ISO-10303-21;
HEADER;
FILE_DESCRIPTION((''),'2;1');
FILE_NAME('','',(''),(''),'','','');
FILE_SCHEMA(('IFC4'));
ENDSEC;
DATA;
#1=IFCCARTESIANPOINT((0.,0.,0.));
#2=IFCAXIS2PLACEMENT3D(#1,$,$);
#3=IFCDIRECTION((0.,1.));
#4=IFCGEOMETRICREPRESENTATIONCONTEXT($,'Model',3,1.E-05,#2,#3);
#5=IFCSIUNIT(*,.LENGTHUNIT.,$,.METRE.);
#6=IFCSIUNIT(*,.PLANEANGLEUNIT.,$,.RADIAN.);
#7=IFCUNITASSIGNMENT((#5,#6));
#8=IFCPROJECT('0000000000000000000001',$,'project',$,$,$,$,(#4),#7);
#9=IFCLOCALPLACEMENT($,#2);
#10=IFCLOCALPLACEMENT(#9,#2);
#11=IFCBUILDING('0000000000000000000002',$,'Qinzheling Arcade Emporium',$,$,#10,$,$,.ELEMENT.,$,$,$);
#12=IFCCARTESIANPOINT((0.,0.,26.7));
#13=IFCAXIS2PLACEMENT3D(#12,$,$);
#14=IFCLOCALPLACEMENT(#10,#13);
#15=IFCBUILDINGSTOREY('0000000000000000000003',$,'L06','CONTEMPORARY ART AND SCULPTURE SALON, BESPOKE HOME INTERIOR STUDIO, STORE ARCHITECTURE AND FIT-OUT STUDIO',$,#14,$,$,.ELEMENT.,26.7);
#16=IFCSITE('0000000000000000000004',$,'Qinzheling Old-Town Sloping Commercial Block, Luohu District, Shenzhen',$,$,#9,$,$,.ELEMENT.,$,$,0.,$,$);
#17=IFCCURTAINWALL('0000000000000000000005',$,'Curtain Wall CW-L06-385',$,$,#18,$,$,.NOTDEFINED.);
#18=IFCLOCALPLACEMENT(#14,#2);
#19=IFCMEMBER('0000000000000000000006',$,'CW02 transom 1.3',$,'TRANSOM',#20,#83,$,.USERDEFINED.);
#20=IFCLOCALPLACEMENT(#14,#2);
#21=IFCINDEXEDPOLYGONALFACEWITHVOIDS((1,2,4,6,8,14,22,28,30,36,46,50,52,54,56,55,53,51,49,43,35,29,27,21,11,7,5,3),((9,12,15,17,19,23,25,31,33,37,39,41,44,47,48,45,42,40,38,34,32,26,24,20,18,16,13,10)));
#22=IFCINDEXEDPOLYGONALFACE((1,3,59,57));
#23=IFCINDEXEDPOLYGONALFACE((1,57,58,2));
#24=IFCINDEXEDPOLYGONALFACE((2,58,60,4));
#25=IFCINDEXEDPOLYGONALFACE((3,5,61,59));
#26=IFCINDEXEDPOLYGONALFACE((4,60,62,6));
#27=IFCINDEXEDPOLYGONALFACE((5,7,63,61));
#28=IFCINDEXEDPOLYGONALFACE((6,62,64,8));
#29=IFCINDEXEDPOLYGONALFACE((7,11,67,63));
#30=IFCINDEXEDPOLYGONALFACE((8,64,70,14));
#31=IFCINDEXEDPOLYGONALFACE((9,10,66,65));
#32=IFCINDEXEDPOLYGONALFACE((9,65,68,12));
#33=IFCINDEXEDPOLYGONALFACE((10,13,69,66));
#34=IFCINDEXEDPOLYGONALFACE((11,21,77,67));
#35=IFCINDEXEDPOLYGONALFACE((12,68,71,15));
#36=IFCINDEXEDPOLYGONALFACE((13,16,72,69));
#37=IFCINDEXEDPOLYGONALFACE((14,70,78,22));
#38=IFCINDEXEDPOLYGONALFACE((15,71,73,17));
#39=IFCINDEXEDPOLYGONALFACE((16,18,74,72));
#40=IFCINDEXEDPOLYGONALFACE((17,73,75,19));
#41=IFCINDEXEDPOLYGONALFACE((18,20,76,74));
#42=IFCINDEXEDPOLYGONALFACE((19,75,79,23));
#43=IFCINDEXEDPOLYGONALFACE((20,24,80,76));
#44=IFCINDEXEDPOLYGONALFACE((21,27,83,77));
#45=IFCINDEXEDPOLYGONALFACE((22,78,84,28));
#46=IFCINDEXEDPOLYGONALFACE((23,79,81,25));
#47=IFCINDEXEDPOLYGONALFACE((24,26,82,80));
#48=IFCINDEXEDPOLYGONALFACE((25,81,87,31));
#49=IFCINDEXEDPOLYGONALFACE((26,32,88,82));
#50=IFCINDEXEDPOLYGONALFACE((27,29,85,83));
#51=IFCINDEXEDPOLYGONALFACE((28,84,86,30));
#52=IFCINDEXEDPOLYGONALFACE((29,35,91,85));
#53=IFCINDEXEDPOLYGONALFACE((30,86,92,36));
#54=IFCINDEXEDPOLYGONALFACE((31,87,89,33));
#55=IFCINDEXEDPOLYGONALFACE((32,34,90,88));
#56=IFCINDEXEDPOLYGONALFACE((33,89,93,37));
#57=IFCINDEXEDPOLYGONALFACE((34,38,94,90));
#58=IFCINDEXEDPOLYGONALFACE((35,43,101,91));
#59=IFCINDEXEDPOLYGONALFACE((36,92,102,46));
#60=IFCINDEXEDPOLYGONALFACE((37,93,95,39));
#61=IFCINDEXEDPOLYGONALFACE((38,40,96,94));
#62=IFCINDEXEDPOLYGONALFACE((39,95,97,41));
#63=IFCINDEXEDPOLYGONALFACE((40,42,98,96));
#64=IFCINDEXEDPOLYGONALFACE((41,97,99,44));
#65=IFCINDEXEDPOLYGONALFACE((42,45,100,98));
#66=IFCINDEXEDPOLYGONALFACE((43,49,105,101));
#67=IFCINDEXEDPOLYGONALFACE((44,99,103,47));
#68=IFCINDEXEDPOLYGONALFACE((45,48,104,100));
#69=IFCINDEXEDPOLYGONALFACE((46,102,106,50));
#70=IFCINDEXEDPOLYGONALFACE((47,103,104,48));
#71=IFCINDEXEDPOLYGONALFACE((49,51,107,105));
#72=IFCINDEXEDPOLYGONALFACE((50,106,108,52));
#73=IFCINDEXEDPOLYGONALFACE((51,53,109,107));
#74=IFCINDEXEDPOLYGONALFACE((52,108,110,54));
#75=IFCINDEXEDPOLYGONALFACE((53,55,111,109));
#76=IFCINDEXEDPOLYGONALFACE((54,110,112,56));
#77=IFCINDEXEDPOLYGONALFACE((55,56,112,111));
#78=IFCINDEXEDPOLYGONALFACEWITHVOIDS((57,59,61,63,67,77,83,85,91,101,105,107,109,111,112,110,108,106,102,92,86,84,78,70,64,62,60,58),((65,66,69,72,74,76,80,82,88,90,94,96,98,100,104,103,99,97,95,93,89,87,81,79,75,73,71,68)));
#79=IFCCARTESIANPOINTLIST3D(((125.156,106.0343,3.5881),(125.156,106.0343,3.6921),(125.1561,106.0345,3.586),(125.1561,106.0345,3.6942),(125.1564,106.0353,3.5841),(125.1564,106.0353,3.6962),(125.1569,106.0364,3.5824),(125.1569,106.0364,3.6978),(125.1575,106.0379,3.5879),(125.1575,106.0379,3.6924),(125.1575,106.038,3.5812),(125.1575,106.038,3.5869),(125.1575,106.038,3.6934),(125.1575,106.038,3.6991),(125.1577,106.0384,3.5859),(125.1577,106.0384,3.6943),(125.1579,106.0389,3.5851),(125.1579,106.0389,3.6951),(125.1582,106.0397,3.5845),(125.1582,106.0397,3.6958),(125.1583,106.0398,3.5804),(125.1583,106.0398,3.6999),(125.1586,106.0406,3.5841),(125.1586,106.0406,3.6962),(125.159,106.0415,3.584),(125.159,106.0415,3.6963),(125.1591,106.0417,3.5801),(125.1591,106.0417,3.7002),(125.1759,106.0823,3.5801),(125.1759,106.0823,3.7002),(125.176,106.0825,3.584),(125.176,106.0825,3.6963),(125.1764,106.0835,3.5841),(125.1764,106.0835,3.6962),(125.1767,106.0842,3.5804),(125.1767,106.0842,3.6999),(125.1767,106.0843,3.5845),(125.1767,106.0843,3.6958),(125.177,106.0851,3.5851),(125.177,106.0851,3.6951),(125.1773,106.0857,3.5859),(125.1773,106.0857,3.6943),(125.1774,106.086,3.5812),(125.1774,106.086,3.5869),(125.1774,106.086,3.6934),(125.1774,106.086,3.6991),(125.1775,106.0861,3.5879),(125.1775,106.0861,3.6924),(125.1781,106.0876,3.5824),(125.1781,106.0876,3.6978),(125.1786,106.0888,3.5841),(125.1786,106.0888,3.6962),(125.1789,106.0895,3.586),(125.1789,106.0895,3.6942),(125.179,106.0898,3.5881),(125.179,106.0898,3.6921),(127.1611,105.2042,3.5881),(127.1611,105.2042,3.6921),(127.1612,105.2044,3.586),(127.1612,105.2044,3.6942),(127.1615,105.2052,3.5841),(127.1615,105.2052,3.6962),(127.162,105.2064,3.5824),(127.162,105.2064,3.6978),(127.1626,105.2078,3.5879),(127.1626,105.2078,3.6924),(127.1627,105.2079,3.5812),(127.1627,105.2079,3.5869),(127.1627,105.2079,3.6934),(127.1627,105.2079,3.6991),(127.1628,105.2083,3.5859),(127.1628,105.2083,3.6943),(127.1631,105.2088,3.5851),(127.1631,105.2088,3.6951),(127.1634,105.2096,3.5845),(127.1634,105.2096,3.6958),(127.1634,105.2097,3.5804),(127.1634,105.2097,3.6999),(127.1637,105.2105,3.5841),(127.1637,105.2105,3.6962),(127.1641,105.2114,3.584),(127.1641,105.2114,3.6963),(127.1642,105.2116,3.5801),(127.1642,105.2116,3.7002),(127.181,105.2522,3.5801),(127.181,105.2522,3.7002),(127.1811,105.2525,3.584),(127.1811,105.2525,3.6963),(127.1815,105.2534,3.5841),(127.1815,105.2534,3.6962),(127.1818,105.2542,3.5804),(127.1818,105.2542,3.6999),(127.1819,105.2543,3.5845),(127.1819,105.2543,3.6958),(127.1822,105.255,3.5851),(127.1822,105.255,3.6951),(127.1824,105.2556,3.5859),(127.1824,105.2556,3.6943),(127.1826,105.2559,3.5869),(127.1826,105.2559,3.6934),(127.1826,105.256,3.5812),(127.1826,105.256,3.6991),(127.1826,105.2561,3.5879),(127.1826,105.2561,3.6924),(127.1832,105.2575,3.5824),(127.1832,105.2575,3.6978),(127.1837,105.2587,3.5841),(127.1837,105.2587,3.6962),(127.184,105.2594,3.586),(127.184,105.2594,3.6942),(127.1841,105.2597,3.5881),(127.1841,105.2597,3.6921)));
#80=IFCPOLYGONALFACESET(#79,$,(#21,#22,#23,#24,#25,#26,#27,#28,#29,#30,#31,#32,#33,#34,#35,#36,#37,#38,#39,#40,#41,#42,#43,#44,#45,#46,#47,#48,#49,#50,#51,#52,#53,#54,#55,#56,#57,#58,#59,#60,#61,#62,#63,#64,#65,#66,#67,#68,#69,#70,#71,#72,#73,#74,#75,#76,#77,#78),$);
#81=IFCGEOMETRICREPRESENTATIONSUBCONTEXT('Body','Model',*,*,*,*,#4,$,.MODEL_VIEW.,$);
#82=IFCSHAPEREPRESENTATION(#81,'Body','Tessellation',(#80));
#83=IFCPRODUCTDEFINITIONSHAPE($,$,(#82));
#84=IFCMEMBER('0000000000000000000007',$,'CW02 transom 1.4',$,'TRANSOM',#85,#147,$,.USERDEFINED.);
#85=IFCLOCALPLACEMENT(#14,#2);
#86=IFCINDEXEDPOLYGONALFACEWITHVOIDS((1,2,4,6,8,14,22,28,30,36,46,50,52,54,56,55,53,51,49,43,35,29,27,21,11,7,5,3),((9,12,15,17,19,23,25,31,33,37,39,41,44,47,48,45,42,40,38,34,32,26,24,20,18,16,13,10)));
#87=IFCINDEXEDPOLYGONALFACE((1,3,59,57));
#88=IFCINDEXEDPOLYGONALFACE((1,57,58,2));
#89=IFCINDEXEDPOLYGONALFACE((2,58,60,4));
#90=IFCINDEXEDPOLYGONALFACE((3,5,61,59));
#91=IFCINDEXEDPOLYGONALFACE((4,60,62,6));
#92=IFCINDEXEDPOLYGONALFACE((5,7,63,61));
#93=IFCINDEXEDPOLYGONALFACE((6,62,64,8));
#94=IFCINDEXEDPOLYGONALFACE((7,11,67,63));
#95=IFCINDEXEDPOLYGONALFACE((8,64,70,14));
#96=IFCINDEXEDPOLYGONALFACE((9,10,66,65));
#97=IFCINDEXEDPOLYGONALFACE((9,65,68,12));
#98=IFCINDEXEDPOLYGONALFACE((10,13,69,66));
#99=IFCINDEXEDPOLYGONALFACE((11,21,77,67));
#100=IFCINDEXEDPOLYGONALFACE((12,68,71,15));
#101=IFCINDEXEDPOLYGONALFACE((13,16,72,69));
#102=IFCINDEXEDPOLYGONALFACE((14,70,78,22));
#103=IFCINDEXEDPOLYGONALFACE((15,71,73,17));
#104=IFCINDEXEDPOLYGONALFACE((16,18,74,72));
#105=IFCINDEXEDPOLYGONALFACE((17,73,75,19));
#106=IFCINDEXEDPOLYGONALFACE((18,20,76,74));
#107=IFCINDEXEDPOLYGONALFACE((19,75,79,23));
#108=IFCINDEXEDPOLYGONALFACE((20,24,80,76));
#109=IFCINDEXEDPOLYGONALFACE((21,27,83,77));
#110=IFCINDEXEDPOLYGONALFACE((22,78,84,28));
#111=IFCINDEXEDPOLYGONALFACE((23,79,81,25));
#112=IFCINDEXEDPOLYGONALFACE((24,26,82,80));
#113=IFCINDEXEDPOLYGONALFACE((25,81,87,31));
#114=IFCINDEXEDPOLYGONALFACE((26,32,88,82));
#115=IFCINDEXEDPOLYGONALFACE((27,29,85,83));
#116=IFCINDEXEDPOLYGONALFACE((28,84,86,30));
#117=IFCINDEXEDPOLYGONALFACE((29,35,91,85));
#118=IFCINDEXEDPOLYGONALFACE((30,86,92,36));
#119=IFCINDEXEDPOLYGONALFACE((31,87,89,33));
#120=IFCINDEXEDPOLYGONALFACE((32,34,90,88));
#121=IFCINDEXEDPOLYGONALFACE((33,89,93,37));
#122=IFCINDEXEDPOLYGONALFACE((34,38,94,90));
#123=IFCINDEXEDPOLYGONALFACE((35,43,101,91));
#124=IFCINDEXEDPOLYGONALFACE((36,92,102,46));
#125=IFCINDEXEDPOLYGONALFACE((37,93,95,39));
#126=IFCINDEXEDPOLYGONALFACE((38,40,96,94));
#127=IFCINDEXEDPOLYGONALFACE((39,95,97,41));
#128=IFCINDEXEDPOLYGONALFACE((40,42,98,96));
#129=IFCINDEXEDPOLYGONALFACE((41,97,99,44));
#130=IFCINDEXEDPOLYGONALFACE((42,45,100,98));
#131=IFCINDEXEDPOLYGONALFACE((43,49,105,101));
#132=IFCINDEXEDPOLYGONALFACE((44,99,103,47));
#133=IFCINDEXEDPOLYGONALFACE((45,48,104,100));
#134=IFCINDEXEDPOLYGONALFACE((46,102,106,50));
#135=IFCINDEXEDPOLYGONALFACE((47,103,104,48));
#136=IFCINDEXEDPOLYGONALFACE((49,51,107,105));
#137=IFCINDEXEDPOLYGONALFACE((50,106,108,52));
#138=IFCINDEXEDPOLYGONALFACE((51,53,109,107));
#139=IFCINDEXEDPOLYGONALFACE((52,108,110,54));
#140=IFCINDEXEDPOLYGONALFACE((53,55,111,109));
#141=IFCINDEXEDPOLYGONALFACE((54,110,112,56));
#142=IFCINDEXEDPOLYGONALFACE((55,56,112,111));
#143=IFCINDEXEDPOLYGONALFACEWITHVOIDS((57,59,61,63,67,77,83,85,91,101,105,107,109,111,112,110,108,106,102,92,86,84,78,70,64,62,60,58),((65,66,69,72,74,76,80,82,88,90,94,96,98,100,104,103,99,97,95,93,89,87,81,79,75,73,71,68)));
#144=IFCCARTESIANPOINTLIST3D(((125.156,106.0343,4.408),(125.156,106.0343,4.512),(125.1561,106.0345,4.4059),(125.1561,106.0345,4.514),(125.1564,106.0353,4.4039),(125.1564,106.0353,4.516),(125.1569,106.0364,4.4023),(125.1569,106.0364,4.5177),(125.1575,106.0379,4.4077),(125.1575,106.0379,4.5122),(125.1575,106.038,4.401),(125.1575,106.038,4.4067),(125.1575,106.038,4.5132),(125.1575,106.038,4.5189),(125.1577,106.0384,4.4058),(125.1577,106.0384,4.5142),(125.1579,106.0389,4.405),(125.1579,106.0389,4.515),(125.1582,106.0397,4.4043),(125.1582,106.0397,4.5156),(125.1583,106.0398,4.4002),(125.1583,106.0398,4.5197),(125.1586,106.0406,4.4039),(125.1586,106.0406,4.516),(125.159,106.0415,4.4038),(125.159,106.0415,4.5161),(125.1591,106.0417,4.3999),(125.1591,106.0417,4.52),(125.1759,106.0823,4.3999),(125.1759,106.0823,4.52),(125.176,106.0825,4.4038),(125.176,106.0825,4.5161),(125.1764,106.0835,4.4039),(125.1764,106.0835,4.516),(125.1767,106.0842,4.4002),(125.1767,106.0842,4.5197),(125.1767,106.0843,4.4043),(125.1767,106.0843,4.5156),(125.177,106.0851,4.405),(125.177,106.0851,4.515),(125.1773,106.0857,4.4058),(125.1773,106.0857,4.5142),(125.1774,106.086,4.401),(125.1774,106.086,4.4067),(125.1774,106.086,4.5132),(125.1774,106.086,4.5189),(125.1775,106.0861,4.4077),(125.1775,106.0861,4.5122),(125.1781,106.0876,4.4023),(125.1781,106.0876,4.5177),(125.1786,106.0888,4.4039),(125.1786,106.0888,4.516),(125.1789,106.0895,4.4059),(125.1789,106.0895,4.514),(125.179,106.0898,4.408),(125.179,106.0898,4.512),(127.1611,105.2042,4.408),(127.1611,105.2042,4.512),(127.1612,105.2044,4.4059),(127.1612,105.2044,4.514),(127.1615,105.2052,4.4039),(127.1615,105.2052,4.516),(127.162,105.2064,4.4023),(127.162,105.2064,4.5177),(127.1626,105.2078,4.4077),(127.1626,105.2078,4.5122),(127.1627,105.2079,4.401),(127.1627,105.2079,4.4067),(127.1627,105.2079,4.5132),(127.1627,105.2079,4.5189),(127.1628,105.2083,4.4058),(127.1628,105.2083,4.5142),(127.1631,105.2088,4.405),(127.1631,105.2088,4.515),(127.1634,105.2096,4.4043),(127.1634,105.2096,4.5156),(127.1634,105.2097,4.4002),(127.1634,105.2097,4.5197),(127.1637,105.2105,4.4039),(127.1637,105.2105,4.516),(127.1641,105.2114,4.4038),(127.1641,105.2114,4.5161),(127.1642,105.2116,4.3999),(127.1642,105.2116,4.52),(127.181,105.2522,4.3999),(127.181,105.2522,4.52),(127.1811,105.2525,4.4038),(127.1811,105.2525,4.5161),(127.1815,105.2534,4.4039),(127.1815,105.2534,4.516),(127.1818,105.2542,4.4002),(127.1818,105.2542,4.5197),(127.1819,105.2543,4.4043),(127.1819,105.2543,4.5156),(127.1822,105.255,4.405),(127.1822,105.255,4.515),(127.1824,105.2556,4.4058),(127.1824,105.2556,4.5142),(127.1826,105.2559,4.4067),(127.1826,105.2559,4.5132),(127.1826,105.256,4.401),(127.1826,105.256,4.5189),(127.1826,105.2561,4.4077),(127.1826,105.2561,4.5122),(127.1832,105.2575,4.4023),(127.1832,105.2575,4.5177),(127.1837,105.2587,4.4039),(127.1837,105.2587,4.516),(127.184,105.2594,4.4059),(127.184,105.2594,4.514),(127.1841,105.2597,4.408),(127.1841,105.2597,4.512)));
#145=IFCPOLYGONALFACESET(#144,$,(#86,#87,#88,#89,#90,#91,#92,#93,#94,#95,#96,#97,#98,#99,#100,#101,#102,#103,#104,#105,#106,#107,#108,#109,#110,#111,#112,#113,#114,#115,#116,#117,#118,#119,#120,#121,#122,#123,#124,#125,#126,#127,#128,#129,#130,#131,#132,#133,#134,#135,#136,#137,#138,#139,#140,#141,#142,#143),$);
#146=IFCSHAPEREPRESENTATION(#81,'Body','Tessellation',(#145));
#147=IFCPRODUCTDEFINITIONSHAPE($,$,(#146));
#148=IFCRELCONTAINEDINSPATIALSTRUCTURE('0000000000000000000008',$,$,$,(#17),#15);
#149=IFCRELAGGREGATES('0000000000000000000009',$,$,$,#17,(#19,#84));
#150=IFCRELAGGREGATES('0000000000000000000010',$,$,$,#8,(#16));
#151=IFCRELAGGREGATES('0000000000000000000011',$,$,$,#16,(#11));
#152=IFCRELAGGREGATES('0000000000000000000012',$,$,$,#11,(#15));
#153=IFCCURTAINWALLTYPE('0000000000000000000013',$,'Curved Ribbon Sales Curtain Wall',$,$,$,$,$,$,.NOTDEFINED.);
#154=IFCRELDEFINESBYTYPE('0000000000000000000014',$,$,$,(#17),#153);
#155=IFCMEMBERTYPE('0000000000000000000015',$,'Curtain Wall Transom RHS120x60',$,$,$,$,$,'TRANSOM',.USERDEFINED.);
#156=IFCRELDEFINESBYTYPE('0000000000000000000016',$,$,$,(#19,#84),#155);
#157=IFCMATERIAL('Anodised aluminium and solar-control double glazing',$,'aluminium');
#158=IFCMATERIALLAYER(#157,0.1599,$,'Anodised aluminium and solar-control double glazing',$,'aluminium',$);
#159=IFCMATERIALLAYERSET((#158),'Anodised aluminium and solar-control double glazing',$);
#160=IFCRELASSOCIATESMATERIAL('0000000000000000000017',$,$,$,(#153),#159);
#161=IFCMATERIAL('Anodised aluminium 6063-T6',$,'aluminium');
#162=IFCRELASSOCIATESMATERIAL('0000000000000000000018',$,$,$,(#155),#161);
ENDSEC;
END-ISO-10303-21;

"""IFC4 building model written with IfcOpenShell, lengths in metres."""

from ifc_helpers import new_model, si_unit, direction, frame, origin, origin_2d, place, context, subcontext, project, spatial, hollow_rectangle, extrude, material, layer, layer_set, material_profile, profile_set, type_object, element, aggregate, save


model = new_model("IFC4")

# Units and contexts
model_context = context("Model", 3, precision=1e-05, world=origin(), true_north=direction((0.0, 1.0)))
body_context = subcontext(model_context, "Body", "Model", "MODEL_VIEW")
ifc_project = project(units=[si_unit("LENGTHUNIT", "METRE"), si_unit("PLANEANGLEUNIT", "RADIAN")], contexts=[model_context])

# Site, building, storey
site_placement = place(None, origin())
site = spatial("IfcSite", under=ifc_project, at=site_placement, Name="Qinzheling Old-Town Sloping Commercial Block, Luohu District, Shenzhen", CompositionType="ELEMENT", RefElevation=0.0)
building_placement = place(site_placement, origin())
building = spatial("IfcBuilding", under=site, at=building_placement, Name="Qinzheling Arcade Emporium", CompositionType="ELEMENT")
storey_placement = place(building_placement, frame((0.0, 0.0, 26.7)))
storey = spatial("IfcBuildingStorey", under=building, at=storey_placement, Name="L06", Description="CONTEMPORARY ART AND SCULPTURE SALON, BESPOKE HOME INTERIOR STUDIO, STORE ARCHITECTURE AND FIT-OUT STUDIO", CompositionType="ELEMENT", Elevation=26.7)

# Shared definitions
ifc_material_1 = material(Name="Anodised aluminium and solar-control double glazing", Category="aluminium")
ifc_layer_1 = layer(ifc_material_1, 0.1599, Name="Anodised aluminium and solar-control double glazing", Category="aluminium")
ifc_layer_set_1 = layer_set([ifc_layer_1], Name="Anodised aluminium and solar-control double glazing")
curtain_wall_type = type_object("IfcCurtainWallType", Name="Curved Ribbon Sales Curtain Wall", PredefinedType="NOTDEFINED", material=ifc_layer_set_1)
ifc_material_2 = material(Name="Anodised aluminium 6063-T6", Category="aluminium")

# Curtain wall
curtain_wall_1_placement = place(storey_placement, origin())
curtain_wall_1 = element("IfcCurtainWall", 1, at=curtain_wall_1_placement, inside=storey, type_object=curtain_wall_type, Name="Curtain Wall CW-L06-385", PredefinedType="NOTDEFINED")

# Members
ifc_material_profile_1 = material_profile(ifc_material_2, hollow_rectangle(XDim=0.0601, YDim=0.1201, WallThickness=0.0039, InnerFilletRadius=0.0039, OuterFilletRadius=0.0081, at=origin_2d()), Name="RHS 120x60x4", Category="aluminium")
ifc_profile_set_1 = profile_set([ifc_material_profile_1], Name="Anodised aluminium 6063-T6")
member_type_1 = type_object("IfcMemberType", Name="Curtain Wall Transom RHS120x60", ElementType="TRANSOM", PredefinedType="USERDEFINED", material=ifc_profile_set_1)
member_1_placement = place(storey_placement, frame((125.1675, 106.062, 3.6401), z_axis=(0.923957, -0.382498, 0.0), x_axis=(0.382498, 0.923957, 0.0)))
member_1 = element("IfcMember", 2, at=member_1_placement, type_object=member_type_1, Name="CW02 transom 1.3", ObjectType="TRANSOM", PredefinedType="USERDEFINED", context=body_context, shape_type="SweptSolid", body=[
    extrude(hollow_rectangle(XDim=0.0601, YDim=0.1201, WallThickness=0.0039, InnerFilletRadius=0.0039, OuterFilletRadius=0.0081, at=origin_2d()), origin(), (0.0, 0.0, 1.0), 2.1702),
])
member_2_placement = place(storey_placement, frame((125.1675, 106.062, 4.46), z_axis=(0.923957, -0.382498, 0.0), x_axis=(0.382498, 0.923957, 0.0)))
member_2 = element("IfcMember", 3, at=member_2_placement, type_object=member_type_1, Name="CW02 transom 1.4", ObjectType="TRANSOM", PredefinedType="USERDEFINED", context=body_context, shape_type="SweptSolid", body=[
    extrude(hollow_rectangle(XDim=0.0601, YDim=0.1201, WallThickness=0.0039, InnerFilletRadius=0.0039, OuterFilletRadius=0.0081, at=origin_2d()), origin(), (0.0, 0.0, 1.0), 2.1702),
])

aggregate(curtain_wall_1, [member_1, member_2])

save(model, "model.ifc")
